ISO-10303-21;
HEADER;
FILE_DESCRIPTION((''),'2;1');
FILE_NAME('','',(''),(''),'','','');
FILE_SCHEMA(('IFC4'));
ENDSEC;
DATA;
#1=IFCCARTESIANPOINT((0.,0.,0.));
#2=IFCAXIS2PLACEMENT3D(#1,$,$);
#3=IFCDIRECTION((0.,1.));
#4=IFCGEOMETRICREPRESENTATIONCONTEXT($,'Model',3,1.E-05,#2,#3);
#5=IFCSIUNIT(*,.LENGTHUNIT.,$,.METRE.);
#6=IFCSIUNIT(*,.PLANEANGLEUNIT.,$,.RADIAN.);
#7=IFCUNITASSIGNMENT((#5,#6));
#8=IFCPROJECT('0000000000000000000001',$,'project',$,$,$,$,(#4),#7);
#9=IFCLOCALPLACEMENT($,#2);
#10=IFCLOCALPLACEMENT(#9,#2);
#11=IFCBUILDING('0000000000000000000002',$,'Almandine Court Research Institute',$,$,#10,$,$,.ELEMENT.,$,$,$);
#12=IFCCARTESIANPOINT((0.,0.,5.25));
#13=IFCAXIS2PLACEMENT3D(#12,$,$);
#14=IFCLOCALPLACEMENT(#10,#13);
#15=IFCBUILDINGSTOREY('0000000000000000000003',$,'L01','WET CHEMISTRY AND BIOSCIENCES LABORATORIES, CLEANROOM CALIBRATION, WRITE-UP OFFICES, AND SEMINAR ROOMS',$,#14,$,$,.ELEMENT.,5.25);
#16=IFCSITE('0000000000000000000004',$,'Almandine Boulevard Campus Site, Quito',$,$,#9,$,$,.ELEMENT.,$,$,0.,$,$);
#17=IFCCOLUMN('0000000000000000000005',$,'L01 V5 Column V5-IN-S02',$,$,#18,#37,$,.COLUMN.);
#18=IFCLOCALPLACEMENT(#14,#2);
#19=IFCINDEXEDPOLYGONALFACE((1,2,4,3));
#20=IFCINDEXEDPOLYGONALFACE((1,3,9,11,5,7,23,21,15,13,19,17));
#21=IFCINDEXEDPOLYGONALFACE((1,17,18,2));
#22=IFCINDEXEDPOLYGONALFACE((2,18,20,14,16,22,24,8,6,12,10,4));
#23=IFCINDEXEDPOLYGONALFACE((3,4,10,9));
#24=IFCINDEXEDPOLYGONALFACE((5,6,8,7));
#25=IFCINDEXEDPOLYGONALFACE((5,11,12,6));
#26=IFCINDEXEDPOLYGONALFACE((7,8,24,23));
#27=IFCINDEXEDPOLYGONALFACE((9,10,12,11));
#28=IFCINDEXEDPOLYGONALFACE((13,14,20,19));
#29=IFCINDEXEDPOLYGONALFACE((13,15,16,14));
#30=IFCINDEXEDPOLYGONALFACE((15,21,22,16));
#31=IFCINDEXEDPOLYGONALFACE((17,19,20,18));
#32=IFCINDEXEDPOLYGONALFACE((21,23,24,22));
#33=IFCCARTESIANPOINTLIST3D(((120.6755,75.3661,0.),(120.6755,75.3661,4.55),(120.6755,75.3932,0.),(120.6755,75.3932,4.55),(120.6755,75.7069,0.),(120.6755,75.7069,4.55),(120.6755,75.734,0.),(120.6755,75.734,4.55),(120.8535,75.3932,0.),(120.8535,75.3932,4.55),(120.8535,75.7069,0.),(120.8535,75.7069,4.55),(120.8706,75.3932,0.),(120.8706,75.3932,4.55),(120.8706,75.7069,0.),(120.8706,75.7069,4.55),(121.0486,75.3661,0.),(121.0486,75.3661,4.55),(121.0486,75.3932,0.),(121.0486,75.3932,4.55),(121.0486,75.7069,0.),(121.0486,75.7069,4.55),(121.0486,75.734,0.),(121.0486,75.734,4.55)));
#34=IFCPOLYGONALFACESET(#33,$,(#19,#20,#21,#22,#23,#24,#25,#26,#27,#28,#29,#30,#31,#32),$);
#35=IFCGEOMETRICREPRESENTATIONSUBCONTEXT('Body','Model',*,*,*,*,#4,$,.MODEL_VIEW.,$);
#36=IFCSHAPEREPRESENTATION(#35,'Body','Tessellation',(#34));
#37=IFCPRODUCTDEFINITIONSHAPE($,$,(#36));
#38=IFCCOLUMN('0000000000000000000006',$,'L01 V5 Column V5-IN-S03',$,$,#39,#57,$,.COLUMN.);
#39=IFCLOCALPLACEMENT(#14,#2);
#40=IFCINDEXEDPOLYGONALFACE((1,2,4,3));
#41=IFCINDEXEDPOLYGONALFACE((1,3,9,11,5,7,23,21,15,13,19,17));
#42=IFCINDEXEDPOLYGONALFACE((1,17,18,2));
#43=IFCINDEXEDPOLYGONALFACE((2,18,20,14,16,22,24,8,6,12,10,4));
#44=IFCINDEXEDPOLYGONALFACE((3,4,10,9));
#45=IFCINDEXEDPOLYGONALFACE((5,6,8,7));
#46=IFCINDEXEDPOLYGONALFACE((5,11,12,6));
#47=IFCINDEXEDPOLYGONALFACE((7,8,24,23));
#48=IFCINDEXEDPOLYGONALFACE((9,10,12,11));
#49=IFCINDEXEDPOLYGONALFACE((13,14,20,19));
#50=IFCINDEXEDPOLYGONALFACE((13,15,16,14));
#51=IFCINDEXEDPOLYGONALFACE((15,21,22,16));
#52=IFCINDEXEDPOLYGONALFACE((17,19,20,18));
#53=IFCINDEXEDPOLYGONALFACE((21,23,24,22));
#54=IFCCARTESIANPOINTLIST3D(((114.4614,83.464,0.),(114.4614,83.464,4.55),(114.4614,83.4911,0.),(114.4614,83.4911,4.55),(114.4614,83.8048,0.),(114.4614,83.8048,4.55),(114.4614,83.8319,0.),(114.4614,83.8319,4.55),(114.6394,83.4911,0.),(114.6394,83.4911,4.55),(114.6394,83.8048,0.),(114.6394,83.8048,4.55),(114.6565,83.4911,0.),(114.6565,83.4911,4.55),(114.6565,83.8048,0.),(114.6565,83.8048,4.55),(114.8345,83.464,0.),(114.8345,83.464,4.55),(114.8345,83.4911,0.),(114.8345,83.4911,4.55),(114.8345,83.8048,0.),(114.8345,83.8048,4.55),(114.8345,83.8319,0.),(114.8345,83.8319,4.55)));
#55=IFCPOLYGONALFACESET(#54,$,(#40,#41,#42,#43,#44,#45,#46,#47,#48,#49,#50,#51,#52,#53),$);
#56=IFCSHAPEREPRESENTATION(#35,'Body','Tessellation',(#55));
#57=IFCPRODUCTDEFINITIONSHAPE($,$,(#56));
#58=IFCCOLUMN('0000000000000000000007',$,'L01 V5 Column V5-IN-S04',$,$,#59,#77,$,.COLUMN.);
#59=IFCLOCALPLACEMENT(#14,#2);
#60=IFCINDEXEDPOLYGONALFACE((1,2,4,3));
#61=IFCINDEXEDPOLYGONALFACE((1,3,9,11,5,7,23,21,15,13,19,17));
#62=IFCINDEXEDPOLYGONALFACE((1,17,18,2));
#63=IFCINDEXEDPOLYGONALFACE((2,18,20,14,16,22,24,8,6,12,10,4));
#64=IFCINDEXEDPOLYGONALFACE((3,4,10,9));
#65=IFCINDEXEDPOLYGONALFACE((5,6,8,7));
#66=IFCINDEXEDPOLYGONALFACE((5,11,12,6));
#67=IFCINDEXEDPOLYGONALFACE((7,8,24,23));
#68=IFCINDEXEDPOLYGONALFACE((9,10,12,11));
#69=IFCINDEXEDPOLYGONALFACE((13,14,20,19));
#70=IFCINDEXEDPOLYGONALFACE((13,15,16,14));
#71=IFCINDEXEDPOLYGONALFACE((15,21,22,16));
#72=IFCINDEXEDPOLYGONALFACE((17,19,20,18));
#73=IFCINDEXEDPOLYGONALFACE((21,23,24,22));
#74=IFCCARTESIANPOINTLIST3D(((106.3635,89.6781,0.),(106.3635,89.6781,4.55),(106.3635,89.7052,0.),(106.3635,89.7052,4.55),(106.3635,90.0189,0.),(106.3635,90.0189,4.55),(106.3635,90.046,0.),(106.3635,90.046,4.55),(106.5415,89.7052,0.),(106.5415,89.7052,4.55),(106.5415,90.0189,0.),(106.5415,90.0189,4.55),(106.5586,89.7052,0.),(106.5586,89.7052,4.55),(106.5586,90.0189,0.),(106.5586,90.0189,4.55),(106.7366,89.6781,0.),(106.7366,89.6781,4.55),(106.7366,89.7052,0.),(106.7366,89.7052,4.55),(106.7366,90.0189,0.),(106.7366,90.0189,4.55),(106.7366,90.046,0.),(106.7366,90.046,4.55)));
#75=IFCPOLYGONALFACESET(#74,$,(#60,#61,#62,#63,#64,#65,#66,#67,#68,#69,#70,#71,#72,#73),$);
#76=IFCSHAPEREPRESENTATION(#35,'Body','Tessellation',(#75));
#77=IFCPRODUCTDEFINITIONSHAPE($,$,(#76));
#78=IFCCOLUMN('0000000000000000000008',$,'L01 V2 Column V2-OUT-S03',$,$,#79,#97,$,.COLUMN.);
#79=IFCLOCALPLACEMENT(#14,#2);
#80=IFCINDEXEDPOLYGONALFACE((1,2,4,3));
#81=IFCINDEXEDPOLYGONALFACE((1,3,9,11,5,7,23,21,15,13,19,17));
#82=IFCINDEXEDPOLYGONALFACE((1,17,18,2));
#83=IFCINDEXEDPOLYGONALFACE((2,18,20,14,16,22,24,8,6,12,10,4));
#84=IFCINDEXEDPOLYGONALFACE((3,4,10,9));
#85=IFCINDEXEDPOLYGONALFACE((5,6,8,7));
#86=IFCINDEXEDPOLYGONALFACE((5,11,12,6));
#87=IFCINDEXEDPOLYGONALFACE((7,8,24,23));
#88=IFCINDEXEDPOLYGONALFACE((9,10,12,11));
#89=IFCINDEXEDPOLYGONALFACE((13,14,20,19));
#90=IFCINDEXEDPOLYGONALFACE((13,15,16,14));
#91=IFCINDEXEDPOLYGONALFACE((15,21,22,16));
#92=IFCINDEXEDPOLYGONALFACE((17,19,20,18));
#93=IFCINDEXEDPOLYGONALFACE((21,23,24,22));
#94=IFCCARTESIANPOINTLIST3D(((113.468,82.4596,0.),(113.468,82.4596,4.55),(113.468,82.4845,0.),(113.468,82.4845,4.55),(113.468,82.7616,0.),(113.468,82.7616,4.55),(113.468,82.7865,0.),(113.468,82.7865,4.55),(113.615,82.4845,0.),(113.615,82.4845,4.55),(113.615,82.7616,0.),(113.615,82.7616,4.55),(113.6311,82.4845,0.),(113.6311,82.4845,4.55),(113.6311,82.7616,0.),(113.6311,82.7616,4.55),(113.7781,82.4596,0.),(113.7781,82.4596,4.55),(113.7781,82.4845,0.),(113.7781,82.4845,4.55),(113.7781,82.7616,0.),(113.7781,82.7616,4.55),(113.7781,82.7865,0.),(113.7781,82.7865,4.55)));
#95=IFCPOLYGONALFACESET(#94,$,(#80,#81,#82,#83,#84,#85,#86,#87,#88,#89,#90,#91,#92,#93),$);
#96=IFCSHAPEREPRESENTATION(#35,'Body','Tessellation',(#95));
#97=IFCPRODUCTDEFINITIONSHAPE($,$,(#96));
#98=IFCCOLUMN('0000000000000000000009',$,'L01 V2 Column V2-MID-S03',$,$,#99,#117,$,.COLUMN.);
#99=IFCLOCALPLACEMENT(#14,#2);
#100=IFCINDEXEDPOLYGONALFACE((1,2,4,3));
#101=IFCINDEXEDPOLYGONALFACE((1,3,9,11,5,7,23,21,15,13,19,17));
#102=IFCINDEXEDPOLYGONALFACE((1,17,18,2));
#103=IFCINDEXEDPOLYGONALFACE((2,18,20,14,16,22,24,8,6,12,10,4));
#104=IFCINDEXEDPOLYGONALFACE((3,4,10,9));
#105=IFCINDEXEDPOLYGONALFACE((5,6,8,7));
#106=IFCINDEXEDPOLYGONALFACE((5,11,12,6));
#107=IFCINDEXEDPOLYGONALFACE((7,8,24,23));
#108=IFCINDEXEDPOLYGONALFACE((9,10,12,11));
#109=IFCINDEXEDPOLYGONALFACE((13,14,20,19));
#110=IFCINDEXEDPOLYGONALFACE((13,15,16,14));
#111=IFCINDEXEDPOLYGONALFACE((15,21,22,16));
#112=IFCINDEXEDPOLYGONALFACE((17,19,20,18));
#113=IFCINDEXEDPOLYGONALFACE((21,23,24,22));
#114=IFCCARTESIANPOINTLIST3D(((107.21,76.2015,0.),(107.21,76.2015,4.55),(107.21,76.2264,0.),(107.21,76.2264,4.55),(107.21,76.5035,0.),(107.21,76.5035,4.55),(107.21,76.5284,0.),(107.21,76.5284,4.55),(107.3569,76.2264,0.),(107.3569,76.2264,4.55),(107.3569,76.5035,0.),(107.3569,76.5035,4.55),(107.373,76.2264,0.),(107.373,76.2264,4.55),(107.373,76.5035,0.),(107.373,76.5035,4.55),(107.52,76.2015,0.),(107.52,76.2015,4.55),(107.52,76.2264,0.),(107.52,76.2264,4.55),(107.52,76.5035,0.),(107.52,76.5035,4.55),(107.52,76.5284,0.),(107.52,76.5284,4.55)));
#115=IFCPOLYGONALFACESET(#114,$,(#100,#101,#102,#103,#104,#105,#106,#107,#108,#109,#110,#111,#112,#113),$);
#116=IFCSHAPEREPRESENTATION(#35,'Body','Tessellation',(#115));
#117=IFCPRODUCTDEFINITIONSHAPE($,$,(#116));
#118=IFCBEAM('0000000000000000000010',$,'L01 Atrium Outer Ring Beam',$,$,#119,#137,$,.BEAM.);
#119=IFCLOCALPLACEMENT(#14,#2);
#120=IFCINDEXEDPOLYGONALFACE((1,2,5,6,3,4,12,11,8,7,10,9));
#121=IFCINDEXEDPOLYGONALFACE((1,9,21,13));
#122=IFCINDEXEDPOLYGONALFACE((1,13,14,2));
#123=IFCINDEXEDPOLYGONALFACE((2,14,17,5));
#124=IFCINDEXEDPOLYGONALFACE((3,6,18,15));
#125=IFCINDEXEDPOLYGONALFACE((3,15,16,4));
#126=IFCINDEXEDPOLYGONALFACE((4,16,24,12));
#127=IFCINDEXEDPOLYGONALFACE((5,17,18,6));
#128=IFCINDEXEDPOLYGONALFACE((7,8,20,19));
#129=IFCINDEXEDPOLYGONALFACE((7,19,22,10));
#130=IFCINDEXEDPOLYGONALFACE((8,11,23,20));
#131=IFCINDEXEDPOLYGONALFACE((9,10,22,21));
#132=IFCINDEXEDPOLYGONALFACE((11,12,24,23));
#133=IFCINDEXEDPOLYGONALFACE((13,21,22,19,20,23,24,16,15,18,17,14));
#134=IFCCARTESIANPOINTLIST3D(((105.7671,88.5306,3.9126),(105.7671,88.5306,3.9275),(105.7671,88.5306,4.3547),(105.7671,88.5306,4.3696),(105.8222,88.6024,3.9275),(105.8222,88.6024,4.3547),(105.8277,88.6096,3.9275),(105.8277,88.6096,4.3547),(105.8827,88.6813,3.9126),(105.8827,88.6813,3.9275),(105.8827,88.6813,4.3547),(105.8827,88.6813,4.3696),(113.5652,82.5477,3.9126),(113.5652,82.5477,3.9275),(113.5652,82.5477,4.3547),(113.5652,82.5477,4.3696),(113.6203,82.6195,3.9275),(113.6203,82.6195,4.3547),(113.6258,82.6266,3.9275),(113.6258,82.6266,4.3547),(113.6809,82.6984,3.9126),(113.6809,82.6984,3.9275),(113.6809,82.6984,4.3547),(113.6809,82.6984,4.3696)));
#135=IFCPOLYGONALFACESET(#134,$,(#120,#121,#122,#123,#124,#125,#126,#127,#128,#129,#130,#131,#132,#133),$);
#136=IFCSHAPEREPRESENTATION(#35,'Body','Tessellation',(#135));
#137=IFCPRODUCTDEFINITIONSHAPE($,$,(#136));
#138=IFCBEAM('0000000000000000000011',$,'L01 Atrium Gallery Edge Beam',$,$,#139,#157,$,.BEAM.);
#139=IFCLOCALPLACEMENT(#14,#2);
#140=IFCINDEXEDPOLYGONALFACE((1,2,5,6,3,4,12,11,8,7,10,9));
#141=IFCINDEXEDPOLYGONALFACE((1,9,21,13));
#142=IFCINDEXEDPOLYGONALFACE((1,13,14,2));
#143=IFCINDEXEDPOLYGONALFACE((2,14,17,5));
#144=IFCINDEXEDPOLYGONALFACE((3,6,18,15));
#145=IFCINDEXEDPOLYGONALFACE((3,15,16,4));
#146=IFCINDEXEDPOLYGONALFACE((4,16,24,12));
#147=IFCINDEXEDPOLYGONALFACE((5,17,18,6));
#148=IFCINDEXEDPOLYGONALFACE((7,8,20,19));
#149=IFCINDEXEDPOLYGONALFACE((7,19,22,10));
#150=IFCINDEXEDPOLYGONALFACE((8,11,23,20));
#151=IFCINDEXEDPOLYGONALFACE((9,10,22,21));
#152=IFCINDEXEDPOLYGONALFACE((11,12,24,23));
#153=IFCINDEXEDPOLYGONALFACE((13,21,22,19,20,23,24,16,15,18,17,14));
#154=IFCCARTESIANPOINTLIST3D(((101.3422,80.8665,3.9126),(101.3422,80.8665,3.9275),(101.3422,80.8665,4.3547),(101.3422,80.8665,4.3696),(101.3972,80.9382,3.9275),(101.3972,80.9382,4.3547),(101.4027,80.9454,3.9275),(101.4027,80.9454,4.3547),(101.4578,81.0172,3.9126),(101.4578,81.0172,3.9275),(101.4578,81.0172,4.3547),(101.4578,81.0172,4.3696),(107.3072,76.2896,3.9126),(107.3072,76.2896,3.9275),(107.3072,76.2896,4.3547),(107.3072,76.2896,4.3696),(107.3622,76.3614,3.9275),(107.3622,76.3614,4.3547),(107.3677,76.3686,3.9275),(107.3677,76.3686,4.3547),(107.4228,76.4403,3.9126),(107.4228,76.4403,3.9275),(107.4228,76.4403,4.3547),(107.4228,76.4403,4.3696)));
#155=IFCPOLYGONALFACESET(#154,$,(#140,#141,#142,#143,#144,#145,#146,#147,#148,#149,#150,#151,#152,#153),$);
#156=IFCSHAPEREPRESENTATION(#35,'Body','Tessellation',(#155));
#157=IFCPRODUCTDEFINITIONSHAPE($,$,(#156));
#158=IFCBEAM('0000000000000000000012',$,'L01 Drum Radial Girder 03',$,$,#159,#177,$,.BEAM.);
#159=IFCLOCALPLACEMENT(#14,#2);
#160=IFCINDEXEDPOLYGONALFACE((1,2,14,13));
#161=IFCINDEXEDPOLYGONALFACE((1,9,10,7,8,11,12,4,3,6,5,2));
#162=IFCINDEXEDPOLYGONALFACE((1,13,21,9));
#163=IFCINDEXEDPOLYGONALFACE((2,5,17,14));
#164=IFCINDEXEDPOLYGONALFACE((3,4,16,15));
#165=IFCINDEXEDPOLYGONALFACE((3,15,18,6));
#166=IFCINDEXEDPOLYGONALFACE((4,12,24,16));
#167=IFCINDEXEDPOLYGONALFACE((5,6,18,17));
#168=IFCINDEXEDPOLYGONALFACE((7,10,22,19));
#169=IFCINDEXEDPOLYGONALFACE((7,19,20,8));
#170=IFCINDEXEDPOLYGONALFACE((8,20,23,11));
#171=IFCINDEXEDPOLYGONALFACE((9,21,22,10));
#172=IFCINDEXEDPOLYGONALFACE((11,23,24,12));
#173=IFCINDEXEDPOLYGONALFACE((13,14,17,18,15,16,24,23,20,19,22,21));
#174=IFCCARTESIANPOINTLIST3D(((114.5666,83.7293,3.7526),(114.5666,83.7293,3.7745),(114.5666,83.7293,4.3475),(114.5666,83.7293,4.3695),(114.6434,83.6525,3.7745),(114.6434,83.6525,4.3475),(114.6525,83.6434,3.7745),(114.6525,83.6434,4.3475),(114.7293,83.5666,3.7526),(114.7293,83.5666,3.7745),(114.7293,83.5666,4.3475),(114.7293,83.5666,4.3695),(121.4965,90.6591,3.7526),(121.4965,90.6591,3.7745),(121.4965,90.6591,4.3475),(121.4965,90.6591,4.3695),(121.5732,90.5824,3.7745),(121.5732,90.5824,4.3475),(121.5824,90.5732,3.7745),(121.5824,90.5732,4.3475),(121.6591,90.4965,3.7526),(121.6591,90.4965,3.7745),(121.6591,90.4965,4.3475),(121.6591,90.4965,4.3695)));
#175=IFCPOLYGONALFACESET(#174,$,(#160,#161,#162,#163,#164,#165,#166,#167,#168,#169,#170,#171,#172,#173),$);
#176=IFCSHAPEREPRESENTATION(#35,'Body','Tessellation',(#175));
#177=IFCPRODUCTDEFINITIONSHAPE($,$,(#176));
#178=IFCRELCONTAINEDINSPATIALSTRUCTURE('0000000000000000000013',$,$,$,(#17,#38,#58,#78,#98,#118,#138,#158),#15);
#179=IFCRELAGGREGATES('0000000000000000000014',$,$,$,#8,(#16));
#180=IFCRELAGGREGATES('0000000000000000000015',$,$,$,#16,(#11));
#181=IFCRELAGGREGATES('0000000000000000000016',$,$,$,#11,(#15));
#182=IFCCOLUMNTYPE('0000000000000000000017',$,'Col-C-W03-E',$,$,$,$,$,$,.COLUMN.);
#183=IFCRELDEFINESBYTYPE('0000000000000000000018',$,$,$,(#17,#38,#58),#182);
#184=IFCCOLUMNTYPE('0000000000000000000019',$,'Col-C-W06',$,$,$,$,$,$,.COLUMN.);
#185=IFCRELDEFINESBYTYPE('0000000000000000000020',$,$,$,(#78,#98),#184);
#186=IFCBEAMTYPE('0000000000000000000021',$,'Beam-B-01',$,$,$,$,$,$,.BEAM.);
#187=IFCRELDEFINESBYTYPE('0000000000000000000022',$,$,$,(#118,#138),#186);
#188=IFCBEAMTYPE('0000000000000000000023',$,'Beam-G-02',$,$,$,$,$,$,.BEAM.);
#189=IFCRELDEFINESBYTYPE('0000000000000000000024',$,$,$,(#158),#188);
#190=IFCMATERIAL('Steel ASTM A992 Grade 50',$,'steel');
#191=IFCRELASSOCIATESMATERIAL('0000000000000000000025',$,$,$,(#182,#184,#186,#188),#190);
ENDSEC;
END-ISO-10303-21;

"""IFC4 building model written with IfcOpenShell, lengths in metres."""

from ifc_helpers import new_model, si_unit, direction, frame, origin, origin_2d, place, context, subcontext, project, spatial, i_section, extrude, material, material_profile, profile_set, type_object, element, save


model = new_model("IFC4")

# Units and contexts
model_context = context("Model", 3, precision=1e-05, world=origin(), true_north=direction((0.0, 1.0)))
body_context = subcontext(model_context, "Body", "Model", "MODEL_VIEW")
ifc_project = project(units=[si_unit("LENGTHUNIT", "METRE"), si_unit("PLANEANGLEUNIT", "RADIAN")], contexts=[model_context])

# Site, building, storey
site_placement = place(None, origin())
site = spatial("IfcSite", under=ifc_project, at=site_placement, Name="Almandine Boulevard Campus Site, Quito", CompositionType="ELEMENT", RefElevation=0.0)
building_placement = place(site_placement, origin())
building = spatial("IfcBuilding", under=site, at=building_placement, Name="Almandine Court Research Institute", CompositionType="ELEMENT")
storey_placement = place(building_placement, frame((0.0, 0.0, 5.25)))
storey = spatial("IfcBuildingStorey", under=building, at=storey_placement, Name="L01", Description="WET CHEMISTRY AND BIOSCIENCES LABORATORIES, CLEANROOM CALIBRATION, WRITE-UP OFFICES, AND SEMINAR ROOMS", CompositionType="ELEMENT", Elevation=5.25)

# Columns
ifc_material_1 = material(Name="Steel ASTM A992 Grade 50", Category="steel")
ifc_material_profile_1 = material_profile(ifc_material_1, i_section(OverallWidth=0.373, OverallDepth=0.3679, WebThickness=0.0171, FlangeThickness=0.0271, at=origin_2d()), Name="W360x179")
ifc_profile_set_1 = profile_set([ifc_material_profile_1], Name="Steel ASTM A992 Grade 50")
column_type_1 = type_object("IfcColumnType", Name="Col-C-W03-E", PredefinedType="COLUMN", material=ifc_profile_set_1)
for number, where, z_axis, x_axis, name in (
    (1, (120.8621, 75.55, 0.0), (0.0, 0.0, 1.0), (1.0, 0.0, 0.0), "L01 V5 Column V5-IN-S02"),
    (2, (114.6479, 83.6479, 0.0), (0.0, 0.0, 1.0), (1.0, 0.0, 0.0), "L01 V5 Column V5-IN-S03"),
    (3, (106.55, 89.8621, 0.0), (0.0, 0.0, 1.0), (1.0, 0.0, 0.0), "L01 V5 Column V5-IN-S04"),
):
    element("IfcColumn", number, at=place(storey_placement, frame(where, z_axis=z_axis, x_axis=x_axis)), inside=storey, type_object=column_type_1, Name=name, PredefinedType="COLUMN", context=body_context, shape_type="SweptSolid", body=[
        extrude(i_section(OverallWidth=0.373, OverallDepth=0.3679, WebThickness=0.0171, FlangeThickness=0.0271, at=origin_2d()), origin(), (0.0, 0.0, 1.0), 4.55),
    ])
ifc_material_profile_2 = material_profile(ifc_material_1, i_section(OverallWidth=0.3101, OverallDepth=0.3269, WebThickness=0.0161, FlangeThickness=0.0249, at=origin_2d()), Name="W310x158")
ifc_profile_set_2 = profile_set([ifc_material_profile_2], Name="Steel ASTM A992 Grade 50")
column_type_2 = type_object("IfcColumnType", Name="Col-C-W06", PredefinedType="COLUMN", material=ifc_profile_set_2)
for number, where, z_axis, x_axis, name in (
    (4, (113.623, 82.623, 0.0), (0.0, 0.0, 1.0), (1.0, 0.0, 0.0), "L01 V2 Column V2-OUT-S03"),
    (5, (107.365, 76.365, 0.0), (0.0, 0.0, 1.0), (1.0, 0.0, 0.0), "L01 V2 Column V2-MID-S03"),
):
    element("IfcColumn", number, at=place(storey_placement, frame(where, z_axis=z_axis, x_axis=x_axis)), inside=storey, type_object=column_type_2, Name=name, PredefinedType="COLUMN", context=body_context, shape_type="SweptSolid", body=[
        extrude(i_section(OverallWidth=0.3101, OverallDepth=0.3269, WebThickness=0.0161, FlangeThickness=0.0249, at=origin_2d()), origin(), (0.0, 0.0, 1.0), 4.55),
    ])

# Beams
ifc_material_profile_3 = material_profile(ifc_material_1, i_section(OverallWidth=0.1899, OverallDepth=0.457, WebThickness=0.009, FlangeThickness=0.0149, at=origin_2d()), Name="W460x74")
ifc_profile_set_3 = profile_set([ifc_material_profile_3], Name="Steel ASTM A992 Grade 50")
beam_type_1 = type_object("IfcBeamType", Name="Beam-B-01", PredefinedType="BEAM", material=ifc_profile_set_3)
beam_1_placement = place(storey_placement, frame((113.623, 82.623, 4.1411), z_axis=(-0.793392, 0.608712, 0.0), x_axis=(-0.608712, -0.793392, 0.0)))
element("IfcBeam", 6, at=beam_1_placement, inside=storey, type_object=beam_type_1, Name="L01 Atrium Outer Ring Beam", PredefinedType="BEAM", context=body_context, shape_type="SweptSolid", body=[
    extrude(i_section(OverallWidth=0.1899, OverallDepth=0.457, WebThickness=0.009, FlangeThickness=0.0149, at=origin_2d()), origin(), (0.0, 0.0, 1.0), 9.8289),
])
beam_2_placement = place(storey_placement, frame((107.365, 76.365, 4.1411), z_axis=(-0.793371, 0.608739, 0.0), x_axis=(-0.608739, -0.793371, 0.0)))
element("IfcBeam", 7, at=beam_2_placement, inside=storey, type_object=beam_type_1, Name="L01 Atrium Gallery Edge Beam", PredefinedType="BEAM", context=body_context, shape_type="SweptSolid", body=[
    extrude(i_section(OverallWidth=0.1899, OverallDepth=0.457, WebThickness=0.009, FlangeThickness=0.0149, at=origin_2d()), origin(), (0.0, 0.0, 1.0), 7.5186),
])
ifc_material_profile_4 = material_profile(ifc_material_1, i_section(OverallWidth=0.23, OverallDepth=0.6169, WebThickness=0.0129, FlangeThickness=0.022, at=origin_2d()), Name="W610x140")
ifc_profile_set_4 = profile_set([ifc_material_profile_4], Name="Steel ASTM A992 Grade 50")
beam_type_2 = type_object("IfcBeamType", Name="Beam-G-02", PredefinedType="BEAM", material=ifc_profile_set_4)
beam_3_placement = place(storey_placement, frame((114.6479, 83.6479, 4.061), z_axis=(0.707107, 0.707107, 0.0), x_axis=(-0.707107, 0.707107, 0.0)))
element("IfcBeam", 8, at=beam_3_placement, inside=storey, type_object=beam_type_2, Name="L01 Drum Radial Girder 03", PredefinedType="BEAM", context=body_context, shape_type="SweptSolid", body=[
    extrude(i_section(OverallWidth=0.23, OverallDepth=0.6169, WebThickness=0.0129, FlangeThickness=0.022, at=origin_2d()), origin(), (0.0, 0.0, 1.0), 9.8003),
])

save(model, "model.ifc")
